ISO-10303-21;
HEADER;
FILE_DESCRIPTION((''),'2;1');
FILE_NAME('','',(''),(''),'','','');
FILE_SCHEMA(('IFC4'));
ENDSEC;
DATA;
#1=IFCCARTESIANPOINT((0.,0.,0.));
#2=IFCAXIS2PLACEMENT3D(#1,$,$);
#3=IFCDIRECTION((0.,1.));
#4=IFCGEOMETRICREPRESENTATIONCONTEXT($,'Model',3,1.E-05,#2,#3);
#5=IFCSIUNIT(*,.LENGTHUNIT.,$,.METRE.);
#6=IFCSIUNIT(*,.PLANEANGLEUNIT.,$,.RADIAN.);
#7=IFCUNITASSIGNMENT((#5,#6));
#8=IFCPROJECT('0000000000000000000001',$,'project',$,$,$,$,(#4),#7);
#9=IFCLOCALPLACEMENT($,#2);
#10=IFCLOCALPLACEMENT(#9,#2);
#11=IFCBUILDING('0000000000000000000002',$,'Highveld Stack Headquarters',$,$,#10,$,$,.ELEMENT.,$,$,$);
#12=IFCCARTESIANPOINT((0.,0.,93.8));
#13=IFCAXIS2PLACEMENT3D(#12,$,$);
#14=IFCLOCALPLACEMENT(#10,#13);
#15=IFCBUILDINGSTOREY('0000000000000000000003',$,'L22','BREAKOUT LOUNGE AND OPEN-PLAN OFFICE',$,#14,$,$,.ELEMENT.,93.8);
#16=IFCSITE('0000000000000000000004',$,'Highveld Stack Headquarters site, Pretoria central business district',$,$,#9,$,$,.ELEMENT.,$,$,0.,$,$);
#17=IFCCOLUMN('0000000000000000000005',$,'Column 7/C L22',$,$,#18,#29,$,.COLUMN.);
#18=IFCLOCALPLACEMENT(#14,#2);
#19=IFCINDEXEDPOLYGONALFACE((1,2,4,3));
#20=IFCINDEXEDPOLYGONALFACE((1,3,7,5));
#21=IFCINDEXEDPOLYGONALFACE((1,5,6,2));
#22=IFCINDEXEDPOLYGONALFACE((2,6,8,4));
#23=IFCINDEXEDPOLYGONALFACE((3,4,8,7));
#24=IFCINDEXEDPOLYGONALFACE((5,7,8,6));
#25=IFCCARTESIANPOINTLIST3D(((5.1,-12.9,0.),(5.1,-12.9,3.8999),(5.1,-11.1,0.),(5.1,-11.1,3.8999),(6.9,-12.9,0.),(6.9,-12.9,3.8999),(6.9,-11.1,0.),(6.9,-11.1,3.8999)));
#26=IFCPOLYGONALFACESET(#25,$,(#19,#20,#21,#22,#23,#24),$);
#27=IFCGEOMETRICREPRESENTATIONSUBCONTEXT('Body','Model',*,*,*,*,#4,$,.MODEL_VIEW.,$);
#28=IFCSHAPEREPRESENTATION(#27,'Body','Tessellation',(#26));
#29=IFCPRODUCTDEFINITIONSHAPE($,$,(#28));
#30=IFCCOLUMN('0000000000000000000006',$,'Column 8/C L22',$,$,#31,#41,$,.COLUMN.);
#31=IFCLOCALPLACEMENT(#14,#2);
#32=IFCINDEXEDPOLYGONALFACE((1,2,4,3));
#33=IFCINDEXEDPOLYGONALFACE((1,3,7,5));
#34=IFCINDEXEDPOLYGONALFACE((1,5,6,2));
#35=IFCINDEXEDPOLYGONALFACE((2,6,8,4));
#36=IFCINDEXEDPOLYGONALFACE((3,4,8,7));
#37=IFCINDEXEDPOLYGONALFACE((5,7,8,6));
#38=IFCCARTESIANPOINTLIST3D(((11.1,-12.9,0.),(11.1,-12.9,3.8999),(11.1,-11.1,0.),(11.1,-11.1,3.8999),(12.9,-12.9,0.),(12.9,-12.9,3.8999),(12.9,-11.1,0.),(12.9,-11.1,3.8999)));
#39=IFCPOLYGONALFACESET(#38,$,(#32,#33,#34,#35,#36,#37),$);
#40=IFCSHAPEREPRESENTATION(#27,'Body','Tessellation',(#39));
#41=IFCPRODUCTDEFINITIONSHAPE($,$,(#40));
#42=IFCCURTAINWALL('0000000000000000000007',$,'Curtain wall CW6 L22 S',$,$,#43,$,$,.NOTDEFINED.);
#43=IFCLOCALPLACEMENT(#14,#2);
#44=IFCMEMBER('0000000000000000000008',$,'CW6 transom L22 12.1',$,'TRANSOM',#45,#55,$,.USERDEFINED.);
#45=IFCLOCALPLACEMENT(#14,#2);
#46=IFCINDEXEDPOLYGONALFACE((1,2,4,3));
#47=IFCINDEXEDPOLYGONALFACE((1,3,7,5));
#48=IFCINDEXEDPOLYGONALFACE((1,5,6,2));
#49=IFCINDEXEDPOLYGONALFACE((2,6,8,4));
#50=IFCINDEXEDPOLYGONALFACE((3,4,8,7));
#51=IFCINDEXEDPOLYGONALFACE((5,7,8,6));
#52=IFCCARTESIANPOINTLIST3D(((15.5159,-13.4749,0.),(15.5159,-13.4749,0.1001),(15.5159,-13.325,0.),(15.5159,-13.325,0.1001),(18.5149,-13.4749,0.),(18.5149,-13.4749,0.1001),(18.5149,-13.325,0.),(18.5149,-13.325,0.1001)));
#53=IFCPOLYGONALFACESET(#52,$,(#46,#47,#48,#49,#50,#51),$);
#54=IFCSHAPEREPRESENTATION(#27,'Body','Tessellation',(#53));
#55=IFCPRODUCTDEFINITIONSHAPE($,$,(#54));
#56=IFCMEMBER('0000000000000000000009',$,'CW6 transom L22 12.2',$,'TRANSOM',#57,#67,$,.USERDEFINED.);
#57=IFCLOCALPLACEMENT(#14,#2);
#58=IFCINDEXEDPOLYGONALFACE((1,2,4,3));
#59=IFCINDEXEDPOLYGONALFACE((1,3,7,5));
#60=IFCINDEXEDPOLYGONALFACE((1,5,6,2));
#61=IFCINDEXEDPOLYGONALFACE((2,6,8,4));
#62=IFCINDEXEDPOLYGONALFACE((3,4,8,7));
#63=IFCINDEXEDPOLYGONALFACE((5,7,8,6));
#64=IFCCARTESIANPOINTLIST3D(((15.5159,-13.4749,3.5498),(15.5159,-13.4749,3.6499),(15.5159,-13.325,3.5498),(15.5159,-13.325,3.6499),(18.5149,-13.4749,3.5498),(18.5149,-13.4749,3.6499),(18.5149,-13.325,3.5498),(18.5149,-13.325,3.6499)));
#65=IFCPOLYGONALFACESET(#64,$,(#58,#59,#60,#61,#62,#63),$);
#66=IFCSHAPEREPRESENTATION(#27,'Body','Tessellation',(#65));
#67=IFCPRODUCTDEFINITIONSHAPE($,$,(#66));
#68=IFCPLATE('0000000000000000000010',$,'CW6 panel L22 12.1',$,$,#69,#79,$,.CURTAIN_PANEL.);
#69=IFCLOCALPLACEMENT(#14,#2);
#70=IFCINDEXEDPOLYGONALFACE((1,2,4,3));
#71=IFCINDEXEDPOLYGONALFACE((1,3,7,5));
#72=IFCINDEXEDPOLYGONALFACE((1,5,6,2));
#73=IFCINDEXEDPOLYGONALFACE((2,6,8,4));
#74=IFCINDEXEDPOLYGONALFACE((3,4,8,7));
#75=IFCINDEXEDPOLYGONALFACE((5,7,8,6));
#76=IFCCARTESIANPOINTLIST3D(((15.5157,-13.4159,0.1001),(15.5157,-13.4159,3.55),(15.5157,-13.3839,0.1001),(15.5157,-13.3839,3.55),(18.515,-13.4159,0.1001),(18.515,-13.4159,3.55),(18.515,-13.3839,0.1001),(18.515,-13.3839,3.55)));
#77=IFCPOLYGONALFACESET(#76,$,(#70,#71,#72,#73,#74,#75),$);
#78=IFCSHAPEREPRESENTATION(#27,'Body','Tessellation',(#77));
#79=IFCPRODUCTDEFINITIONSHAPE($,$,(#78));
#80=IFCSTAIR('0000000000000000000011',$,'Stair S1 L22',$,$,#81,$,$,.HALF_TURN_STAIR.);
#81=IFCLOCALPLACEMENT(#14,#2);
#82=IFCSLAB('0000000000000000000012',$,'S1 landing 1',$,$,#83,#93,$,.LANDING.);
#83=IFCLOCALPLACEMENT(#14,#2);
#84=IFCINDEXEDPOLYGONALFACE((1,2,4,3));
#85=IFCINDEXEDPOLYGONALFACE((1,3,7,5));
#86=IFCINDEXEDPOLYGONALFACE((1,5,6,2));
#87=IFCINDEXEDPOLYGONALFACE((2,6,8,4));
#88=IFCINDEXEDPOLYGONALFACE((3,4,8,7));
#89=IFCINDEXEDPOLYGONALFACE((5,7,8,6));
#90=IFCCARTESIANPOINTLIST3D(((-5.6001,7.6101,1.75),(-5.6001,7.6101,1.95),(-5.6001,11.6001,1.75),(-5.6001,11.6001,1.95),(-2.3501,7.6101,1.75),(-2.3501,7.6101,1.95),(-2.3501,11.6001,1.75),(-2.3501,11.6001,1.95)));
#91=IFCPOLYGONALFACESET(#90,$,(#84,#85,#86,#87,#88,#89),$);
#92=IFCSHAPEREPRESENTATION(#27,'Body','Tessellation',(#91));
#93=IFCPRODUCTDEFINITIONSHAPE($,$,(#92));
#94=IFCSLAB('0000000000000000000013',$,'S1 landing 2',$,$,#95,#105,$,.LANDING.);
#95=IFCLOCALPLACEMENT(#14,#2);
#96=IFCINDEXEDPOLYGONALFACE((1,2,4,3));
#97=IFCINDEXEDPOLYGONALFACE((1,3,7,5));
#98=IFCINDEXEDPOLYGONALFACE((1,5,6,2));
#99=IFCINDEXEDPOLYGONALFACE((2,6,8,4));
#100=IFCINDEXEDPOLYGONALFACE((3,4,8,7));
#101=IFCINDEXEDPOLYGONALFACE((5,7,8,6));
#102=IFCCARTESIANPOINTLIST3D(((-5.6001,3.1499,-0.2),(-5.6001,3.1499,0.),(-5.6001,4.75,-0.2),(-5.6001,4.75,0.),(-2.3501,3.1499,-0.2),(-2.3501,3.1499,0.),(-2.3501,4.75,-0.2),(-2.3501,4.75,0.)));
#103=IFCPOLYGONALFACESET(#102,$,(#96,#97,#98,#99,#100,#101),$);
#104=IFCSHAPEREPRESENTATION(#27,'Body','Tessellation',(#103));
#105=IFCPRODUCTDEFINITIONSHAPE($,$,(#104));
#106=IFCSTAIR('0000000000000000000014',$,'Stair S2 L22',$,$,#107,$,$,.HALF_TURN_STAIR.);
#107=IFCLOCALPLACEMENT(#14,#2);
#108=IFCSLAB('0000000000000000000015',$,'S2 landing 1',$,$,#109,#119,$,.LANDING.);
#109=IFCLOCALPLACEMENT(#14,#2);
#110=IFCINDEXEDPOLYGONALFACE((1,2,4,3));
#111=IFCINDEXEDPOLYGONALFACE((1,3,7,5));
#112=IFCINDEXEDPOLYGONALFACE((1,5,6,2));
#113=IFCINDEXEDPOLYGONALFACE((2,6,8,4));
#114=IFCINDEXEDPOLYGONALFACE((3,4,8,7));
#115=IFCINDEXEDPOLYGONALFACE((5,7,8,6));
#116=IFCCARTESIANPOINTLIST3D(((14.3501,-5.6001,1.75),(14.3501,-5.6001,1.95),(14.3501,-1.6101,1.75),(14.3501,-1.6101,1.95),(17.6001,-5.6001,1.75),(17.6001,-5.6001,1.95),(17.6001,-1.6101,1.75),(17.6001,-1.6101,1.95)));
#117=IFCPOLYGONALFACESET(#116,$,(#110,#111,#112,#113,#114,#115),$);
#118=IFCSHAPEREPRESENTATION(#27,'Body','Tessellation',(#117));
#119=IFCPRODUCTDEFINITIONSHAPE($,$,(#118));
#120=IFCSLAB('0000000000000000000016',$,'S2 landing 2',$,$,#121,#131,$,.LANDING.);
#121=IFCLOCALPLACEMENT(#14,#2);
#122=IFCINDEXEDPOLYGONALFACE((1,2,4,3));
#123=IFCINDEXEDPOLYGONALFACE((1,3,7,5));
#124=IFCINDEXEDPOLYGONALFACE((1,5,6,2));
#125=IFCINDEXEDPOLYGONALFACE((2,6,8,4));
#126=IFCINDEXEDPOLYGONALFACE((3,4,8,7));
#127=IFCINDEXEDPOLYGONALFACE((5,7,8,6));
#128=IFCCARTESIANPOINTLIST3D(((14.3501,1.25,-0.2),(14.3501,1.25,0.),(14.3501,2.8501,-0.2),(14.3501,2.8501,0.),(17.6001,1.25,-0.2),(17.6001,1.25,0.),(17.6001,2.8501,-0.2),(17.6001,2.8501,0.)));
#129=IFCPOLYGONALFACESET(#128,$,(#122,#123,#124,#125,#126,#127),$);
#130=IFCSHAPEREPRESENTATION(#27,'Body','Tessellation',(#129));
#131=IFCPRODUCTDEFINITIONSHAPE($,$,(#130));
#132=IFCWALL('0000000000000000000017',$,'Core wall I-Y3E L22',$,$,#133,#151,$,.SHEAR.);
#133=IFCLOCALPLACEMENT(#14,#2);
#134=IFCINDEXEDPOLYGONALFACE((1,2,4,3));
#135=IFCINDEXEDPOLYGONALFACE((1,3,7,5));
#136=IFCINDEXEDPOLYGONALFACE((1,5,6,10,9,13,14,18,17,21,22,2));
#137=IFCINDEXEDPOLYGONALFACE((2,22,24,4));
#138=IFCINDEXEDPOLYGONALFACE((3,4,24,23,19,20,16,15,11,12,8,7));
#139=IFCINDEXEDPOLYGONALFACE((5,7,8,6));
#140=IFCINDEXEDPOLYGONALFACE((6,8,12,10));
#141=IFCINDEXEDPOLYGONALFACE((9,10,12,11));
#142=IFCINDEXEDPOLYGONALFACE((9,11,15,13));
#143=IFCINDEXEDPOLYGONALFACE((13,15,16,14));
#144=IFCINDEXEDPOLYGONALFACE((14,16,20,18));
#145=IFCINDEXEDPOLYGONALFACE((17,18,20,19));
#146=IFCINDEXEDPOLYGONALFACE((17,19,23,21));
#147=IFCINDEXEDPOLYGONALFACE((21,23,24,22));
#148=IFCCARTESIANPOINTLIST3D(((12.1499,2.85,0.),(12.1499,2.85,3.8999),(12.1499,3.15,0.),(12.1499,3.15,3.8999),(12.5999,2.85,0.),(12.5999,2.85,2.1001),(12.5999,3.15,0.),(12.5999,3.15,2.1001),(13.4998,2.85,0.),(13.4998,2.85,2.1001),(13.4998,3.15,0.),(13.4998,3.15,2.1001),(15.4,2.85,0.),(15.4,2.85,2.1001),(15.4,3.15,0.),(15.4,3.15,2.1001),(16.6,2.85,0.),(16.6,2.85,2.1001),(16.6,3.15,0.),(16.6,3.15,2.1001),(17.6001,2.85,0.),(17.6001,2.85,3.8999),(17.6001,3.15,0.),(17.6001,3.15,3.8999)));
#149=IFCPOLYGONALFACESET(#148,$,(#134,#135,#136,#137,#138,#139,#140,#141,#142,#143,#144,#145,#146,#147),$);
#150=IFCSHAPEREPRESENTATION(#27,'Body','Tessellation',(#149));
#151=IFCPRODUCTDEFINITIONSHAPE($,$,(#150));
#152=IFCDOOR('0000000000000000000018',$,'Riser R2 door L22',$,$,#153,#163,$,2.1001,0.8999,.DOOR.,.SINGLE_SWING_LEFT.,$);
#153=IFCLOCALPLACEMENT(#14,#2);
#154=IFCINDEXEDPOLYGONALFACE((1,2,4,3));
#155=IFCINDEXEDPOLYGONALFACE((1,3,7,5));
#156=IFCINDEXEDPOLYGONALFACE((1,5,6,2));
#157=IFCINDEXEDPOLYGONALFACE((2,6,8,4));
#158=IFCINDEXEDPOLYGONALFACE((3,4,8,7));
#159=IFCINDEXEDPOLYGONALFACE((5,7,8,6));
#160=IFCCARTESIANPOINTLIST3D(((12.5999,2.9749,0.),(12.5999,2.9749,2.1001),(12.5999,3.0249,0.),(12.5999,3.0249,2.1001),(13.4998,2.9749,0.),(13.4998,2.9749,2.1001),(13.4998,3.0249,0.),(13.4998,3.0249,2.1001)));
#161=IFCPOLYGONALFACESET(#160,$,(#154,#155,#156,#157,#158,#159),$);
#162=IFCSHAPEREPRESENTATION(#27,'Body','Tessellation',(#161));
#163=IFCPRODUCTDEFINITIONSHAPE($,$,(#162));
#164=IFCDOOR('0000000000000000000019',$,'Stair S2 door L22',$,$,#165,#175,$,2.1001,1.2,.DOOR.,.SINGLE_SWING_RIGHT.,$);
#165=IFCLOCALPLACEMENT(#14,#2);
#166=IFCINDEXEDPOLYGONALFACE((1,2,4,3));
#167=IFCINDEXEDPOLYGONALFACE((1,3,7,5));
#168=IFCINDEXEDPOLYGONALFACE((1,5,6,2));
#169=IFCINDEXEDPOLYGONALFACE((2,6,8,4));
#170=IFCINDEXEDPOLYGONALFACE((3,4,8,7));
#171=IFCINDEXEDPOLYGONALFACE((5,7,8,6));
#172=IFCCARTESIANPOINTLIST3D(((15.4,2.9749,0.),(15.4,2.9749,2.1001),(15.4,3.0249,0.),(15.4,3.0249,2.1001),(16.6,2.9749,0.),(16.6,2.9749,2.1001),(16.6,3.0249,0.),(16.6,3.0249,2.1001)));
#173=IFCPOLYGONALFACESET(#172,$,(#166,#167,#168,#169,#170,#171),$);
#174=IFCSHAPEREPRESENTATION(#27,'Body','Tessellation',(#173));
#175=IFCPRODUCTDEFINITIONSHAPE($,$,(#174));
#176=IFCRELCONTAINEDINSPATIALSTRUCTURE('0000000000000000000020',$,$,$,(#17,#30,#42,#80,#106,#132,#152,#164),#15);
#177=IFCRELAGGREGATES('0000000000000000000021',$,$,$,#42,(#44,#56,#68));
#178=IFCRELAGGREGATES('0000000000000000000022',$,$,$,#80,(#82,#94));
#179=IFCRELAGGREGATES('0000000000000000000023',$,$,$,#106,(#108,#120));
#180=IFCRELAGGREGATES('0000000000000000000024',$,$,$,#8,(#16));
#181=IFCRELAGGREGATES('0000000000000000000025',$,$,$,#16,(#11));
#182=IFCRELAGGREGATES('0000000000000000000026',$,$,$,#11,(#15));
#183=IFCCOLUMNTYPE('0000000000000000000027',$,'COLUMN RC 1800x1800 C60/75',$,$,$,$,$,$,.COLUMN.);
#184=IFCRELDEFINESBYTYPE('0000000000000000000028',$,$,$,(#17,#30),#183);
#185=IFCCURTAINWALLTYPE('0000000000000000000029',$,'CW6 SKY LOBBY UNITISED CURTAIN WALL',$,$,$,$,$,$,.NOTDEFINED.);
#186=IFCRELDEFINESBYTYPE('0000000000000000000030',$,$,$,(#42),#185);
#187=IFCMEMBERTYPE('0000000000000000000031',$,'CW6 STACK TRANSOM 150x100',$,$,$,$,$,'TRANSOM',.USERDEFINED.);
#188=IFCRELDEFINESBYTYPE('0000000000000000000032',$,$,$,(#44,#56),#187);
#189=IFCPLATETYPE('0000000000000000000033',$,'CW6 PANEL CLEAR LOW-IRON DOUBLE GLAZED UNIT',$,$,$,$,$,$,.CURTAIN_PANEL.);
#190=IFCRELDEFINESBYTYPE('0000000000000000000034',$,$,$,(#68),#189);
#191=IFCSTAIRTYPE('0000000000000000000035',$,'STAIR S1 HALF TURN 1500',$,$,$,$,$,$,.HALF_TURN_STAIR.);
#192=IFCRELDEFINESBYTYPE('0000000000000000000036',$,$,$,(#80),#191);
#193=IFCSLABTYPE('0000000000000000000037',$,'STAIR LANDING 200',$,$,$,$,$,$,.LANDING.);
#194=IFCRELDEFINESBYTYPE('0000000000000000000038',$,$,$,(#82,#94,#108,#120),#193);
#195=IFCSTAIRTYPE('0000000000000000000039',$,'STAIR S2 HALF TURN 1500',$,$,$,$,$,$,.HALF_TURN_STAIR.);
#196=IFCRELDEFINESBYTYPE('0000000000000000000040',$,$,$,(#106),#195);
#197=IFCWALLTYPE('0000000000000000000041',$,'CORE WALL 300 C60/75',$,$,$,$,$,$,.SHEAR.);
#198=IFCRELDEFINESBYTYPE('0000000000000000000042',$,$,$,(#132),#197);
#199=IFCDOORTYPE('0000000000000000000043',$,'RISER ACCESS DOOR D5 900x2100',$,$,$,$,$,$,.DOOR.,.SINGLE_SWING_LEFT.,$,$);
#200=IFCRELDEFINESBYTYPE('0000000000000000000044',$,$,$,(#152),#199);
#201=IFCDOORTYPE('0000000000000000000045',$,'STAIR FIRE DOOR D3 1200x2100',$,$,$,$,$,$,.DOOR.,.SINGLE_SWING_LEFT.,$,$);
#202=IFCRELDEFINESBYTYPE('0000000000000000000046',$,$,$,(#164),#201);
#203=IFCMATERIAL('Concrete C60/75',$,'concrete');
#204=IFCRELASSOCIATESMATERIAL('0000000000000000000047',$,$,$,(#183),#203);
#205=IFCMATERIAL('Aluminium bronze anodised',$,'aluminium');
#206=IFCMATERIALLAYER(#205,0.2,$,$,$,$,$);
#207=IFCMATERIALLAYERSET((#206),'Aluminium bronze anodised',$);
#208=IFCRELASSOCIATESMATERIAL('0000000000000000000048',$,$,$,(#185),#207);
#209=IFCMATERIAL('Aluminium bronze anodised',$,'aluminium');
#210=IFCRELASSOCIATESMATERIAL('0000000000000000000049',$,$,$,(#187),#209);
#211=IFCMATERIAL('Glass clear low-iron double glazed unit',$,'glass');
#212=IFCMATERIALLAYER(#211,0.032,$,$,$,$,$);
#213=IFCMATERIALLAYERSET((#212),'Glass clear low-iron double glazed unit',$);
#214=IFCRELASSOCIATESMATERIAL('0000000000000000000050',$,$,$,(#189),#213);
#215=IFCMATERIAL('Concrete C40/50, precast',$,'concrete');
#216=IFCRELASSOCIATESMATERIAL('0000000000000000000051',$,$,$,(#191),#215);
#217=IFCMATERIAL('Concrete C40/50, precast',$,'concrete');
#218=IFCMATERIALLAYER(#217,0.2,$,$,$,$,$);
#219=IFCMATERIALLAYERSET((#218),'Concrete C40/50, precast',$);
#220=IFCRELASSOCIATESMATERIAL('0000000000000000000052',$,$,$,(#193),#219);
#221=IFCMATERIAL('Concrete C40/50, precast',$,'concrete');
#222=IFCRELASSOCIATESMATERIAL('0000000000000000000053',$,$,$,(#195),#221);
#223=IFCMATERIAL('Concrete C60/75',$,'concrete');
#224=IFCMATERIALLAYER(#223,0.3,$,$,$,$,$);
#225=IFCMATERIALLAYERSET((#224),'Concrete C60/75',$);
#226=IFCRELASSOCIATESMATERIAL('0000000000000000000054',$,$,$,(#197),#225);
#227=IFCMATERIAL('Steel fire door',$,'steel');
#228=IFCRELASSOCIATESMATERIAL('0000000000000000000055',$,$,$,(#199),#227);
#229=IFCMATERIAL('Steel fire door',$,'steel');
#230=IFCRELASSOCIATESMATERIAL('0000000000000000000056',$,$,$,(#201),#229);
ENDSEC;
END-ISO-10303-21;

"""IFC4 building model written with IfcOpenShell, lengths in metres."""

from ifc_helpers import new_model, si_unit, direction, frame, frame_2d, origin, origin_2d, place, context, subcontext, project, spatial, polyline, rectangle, outline, extrude, material, layer, layer_set, material_profile, profile_set, type_object, element, fill, aggregate, save


model = new_model("IFC4")

# Units and contexts
model_context = context("Model", 3, precision=1e-05, world=origin(), true_north=direction((0.0, 1.0)))
body_context = subcontext(model_context, "Body", "Model", "MODEL_VIEW")
ifc_project = project(units=[si_unit("LENGTHUNIT", "METRE"), si_unit("PLANEANGLEUNIT", "RADIAN")], contexts=[model_context])

# Site, building, storey
site_placement = place(None, origin())
site = spatial("IfcSite", under=ifc_project, at=site_placement, Name="Highveld Stack Headquarters site, Pretoria central business district", CompositionType="ELEMENT", RefElevation=0.0)
building_placement = place(site_placement, origin())
building = spatial("IfcBuilding", under=site, at=building_placement, Name="Highveld Stack Headquarters", CompositionType="ELEMENT")
storey_placement = place(building_placement, frame((0.0, 0.0, 93.8)))
storey = spatial("IfcBuildingStorey", under=building, at=storey_placement, Name="L22", Description="BREAKOUT LOUNGE AND OPEN-PLAN OFFICE", CompositionType="ELEMENT", Elevation=93.8)

# Columns
ifc_material_1 = material(Name="Concrete C60/75", Category="concrete")
ifc_material_profile_1 = material_profile(ifc_material_1, rectangle(XDim=1.8, YDim=1.8, at=origin_2d()), Name="RC 1800x1800")
ifc_profile_set_1 = profile_set([ifc_material_profile_1], Name="Concrete C60/75")
column_type = type_object("IfcColumnType", Name="COLUMN RC 1800x1800 C60/75", PredefinedType="COLUMN", material=ifc_profile_set_1)
for number, where, z_axis, x_axis, name in (
    (1, (6.0, -12.0, 0.0), (0.0, 0.0, 1.0), (1.0, 0.0, 0.0), "Column 7/C L22"),
    (2, (12.0, -12.0, 0.0), (0.0, 0.0, 1.0), (1.0, 0.0, 0.0), "Column 8/C L22"),
):
    element("IfcColumn", number, at=place(storey_placement, frame(where, z_axis=z_axis, x_axis=x_axis)), inside=storey, type_object=column_type, Name=name, PredefinedType="COLUMN", context=body_context, shape_type="SweptSolid", body=[
        extrude(rectangle(XDim=1.8, YDim=1.8, at=origin_2d()), origin(), (0.0, 0.0, 1.0), 3.8999),
    ])

# Curtain wall, members, plate
ifc_material_2 = material(Name="Aluminium bronze anodised", Category="aluminium")
ifc_layer_1 = layer(ifc_material_2, 0.2)
ifc_layer_set_1 = layer_set([ifc_layer_1], Name="Aluminium bronze anodised")
curtain_wall_type = type_object("IfcCurtainWallType", Name="CW6 SKY LOBBY UNITISED CURTAIN WALL", PredefinedType="NOTDEFINED", material=ifc_layer_set_1)
curtain_wall_placement = place(storey_placement, origin())
curtain_wall = element("IfcCurtainWall", 3, at=curtain_wall_placement, inside=storey, type_object=curtain_wall_type, Name="Curtain wall CW6 L22 S", PredefinedType="NOTDEFINED")
ifc_material_3 = material(Name="Aluminium bronze anodised", Category="aluminium")
ifc_material_profile_2 = material_profile(ifc_material_3, rectangle(XDim=0.1499, YDim=0.1001, at=origin_2d()), Name="CW6 TRANSOM 150x100")
ifc_profile_set_2 = profile_set([ifc_material_profile_2], Name="Aluminium bronze anodised")
member_type = type_object("IfcMemberType", Name="CW6 STACK TRANSOM 150x100", ElementType="TRANSOM", PredefinedType="USERDEFINED", material=ifc_profile_set_2)
member_1_placement = place(storey_placement, frame((15.5159, -13.3999, 0.05), z_axis=(1.0, 0.0, 0.0), x_axis=(0.0, 1.0, 0.0)))
member_1 = element("IfcMember", 4, at=member_1_placement, type_object=member_type, Name="CW6 transom L22 12.1", ObjectType="TRANSOM", PredefinedType="USERDEFINED", context=body_context, shape_type="SweptSolid", body=[
    extrude(rectangle(XDim=0.1499, YDim=0.1001, at=origin_2d()), origin(), (0.0, 0.0, 1.0), 2.999),
])
member_2_placement = place(storey_placement, frame((15.5159, -13.3999, 3.5999), z_axis=(1.0, 0.0, 0.0), x_axis=(0.0, 1.0, 0.0)))
member_2 = element("IfcMember", 5, at=member_2_placement, type_object=member_type, Name="CW6 transom L22 12.2", ObjectType="TRANSOM", PredefinedType="USERDEFINED", context=body_context, shape_type="SweptSolid", body=[
    extrude(rectangle(XDim=0.1499, YDim=0.1001, at=origin_2d()), origin(), (0.0, 0.0, 1.0), 2.999),
])
ifc_material_4 = material(Name="Glass clear low-iron double glazed unit", Category="glass")
ifc_layer_2 = layer(ifc_material_4, 0.032)
ifc_layer_set_2 = layer_set([ifc_layer_2], Name="Glass clear low-iron double glazed unit")
plate_type = type_object("IfcPlateType", Name="CW6 PANEL CLEAR LOW-IRON DOUBLE GLAZED UNIT", PredefinedType="CURTAIN_PANEL", material=ifc_layer_set_2)
plate_placement = place(storey_placement, frame((17.0154, -13.3999, 0.1001), z_axis=(0.0, 0.0, 1.0), x_axis=(1.0, 0.0, 0.0)))
plate = element("IfcPlate", 6, at=plate_placement, type_object=plate_type, Name="CW6 panel L22 12.1", PredefinedType="CURTAIN_PANEL", context=body_context, shape_type="SweptSolid", body=[
    extrude(rectangle(XDim=2.9993, YDim=0.032, at=origin_2d()), origin(), (0.0, 0.0, 1.0), 3.45),
])
aggregate(curtain_wall, [member_1, member_2, plate])

# Stairs, slabs
ifc_material_5 = material(Name="Concrete C40/50, precast", Category="concrete")
stair_type_1 = type_object("IfcStairType", Name="STAIR S1 HALF TURN 1500", PredefinedType="HALF_TURN_STAIR", material=ifc_material_5)
stair_1_placement = place(storey_placement, origin())
stair_1 = element("IfcStair", 7, at=stair_1_placement, inside=storey, type_object=stair_type_1, Name="Stair S1 L22", PredefinedType="HALF_TURN_STAIR")
ifc_material_6 = material(Name="Concrete C40/50, precast", Category="concrete")
ifc_layer_3 = layer(ifc_material_6, 0.2)
ifc_layer_set_3 = layer_set([ifc_layer_3], Name="Concrete C40/50, precast")
slab_type = type_object("IfcSlabType", Name="STAIR LANDING 200", PredefinedType="LANDING", material=ifc_layer_set_3)
slab_1_placement = place(storey_placement, frame((0.0, 0.0, 1.75)))
slab_1 = element("IfcSlab", 8, at=slab_1_placement, type_object=slab_type, Name="S1 landing 1", PredefinedType="LANDING", context=body_context, shape_type="SweptSolid", body=[
    extrude(outline(polyline([(-5.6001, 7.6101), (-2.3501, 7.6101), (-2.3501, 11.6001), (-5.6001, 11.6001), (-5.6001, 7.6101)])), origin(), (0.0, 0.0, 1.0), 0.2),
])
slab_2_placement = place(storey_placement, frame((0.0, 0.0, -0.2)))
slab_2 = element("IfcSlab", 9, at=slab_2_placement, type_object=slab_type, Name="S1 landing 2", PredefinedType="LANDING", context=body_context, shape_type="SweptSolid", body=[
    extrude(outline(polyline([(-5.6001, 3.1499), (-2.3501, 3.1499), (-2.3501, 4.75), (-5.6001, 4.75), (-5.6001, 3.1499)])), origin(), (0.0, 0.0, 1.0), 0.2),
])
aggregate(stair_1, [slab_1, slab_2])
ifc_material_7 = material(Name="Concrete C40/50, precast", Category="concrete")
stair_type_2 = type_object("IfcStairType", Name="STAIR S2 HALF TURN 1500", PredefinedType="HALF_TURN_STAIR", material=ifc_material_7)
stair_2_placement = place(storey_placement, origin())
stair_2 = element("IfcStair", 10, at=stair_2_placement, inside=storey, type_object=stair_type_2, Name="Stair S2 L22", PredefinedType="HALF_TURN_STAIR")
slab_3_placement = place(storey_placement, frame((0.0, 0.0, 1.75)))
slab_3 = element("IfcSlab", 11, at=slab_3_placement, type_object=slab_type, Name="S2 landing 1", PredefinedType="LANDING", context=body_context, shape_type="SweptSolid", body=[
    extrude(outline(polyline([(14.3501, -5.6001), (17.6001, -5.6001), (17.6001, -1.6101), (14.3501, -1.6101), (14.3501, -5.6001)])), origin(), (0.0, 0.0, 1.0), 0.2),
])
slab_4_placement = place(storey_placement, frame((0.0, 0.0, -0.2)))
slab_4 = element("IfcSlab", 12, at=slab_4_placement, type_object=slab_type, Name="S2 landing 2", PredefinedType="LANDING", context=body_context, shape_type="SweptSolid", body=[
    extrude(outline(polyline([(14.3501, 1.25), (17.6001, 1.25), (17.6001, 2.8501), (14.3501, 2.8501), (14.3501, 1.25)])), origin(), (0.0, 0.0, 1.0), 0.2),
])

# Wall, openings, doors
ifc_material_8 = material(Name="Concrete C60/75", Category="concrete")
ifc_layer_4 = layer(ifc_material_8, 0.3)
ifc_layer_set_4 = layer_set([ifc_layer_4], Name="Concrete C60/75")
wall_type_1 = type_object("IfcWallType", Name="CORE WALL 300 C60/75", PredefinedType="SHEAR", material=ifc_layer_set_4)
wall_1_placement = place(storey_placement, frame((12.1499, 3.0, 0.0), z_axis=(0.0, 0.0, 1.0), x_axis=(1.0, 0.0, 0.0)))
wall_1 = element("IfcWall", 13, at=wall_1_placement, inside=storey, type_object=wall_type_1, Name="Core wall I-Y3E L22", PredefinedType="SHEAR", context=body_context, shape_type="SweptSolid", body=[
    extrude(rectangle(XDim=5.4502, YDim=0.3, at=frame_2d((2.7251, 0.0))), origin(), (0.0, 0.0, 1.0), 3.8999),
])
opening_1_placement = place(wall_1_placement, frame((3.25, 0.0, 0.0)))
opening_1 = element("IfcOpeningElement", 14, at=opening_1_placement, cuts=wall_1, PredefinedType="OPENING", context=body_context, shape_type="SweptSolid", body=[
    extrude(rectangle(XDim=1.2, YDim=2.1001, at=frame_2d((0.6001, 1.05))), frame((0.0, 0.1599, 0.0), z_axis=(0.0, -1.0, 0.0), x_axis=(1.0, 0.0, 0.0)), (0.0, 0.0, 1.0), 0.3201),
])
opening_2_placement = place(wall_1_placement, frame((0.45, 0.0, 0.0)))
opening_2 = element("IfcOpeningElement", 15, at=opening_2_placement, cuts=wall_1, PredefinedType="OPENING", context=body_context, shape_type="SweptSolid", body=[
    extrude(rectangle(XDim=0.8999, YDim=2.1001, at=frame_2d((0.45, 1.05))), frame((0.0, 0.1599, 0.0), z_axis=(0.0, -1.0, 0.0), x_axis=(1.0, 0.0, 0.0)), (0.0, 0.0, 1.0), 0.3201),
])
ifc_material_9 = material(Name="Steel fire door", Category="steel")
door_type_1 = type_object("IfcDoorType", Name="RISER ACCESS DOOR D5 900x2100", OperationType="SINGLE_SWING_LEFT", PredefinedType="DOOR", material=ifc_material_9)
door_1_placement = place(opening_2_placement, origin())
door_1 = element("IfcDoor", 16, at=door_1_placement, inside=storey, type_object=door_type_1, Name="Riser R2 door L22", OperationType="SINGLE_SWING_LEFT", OverallHeight=2.1001, OverallWidth=0.8999, PredefinedType="DOOR", context=body_context, shape_type="SweptSolid", body=[
    extrude(rectangle(XDim=0.8999, YDim=2.1001, at=frame_2d((0.45, 1.05))), frame((0.0, 0.0249, 0.0), z_axis=(0.0, -1.0, 0.0), x_axis=(1.0, 0.0, 0.0)), (0.0, 0.0, 1.0), 0.05),
])
fill(opening_2, door_1)
ifc_material_10 = material(Name="Steel fire door", Category="steel")
door_type_2 = type_object("IfcDoorType", Name="STAIR FIRE DOOR D3 1200x2100", OperationType="SINGLE_SWING_LEFT", PredefinedType="DOOR", material=ifc_material_10)
door_2_placement = place(opening_1_placement, origin())
door_2 = element("IfcDoor", 17, at=door_2_placement, inside=storey, type_object=door_type_2, Name="Stair S2 door L22", OperationType="SINGLE_SWING_RIGHT", OverallHeight=2.1001, OverallWidth=1.2, PredefinedType="DOOR", context=body_context, shape_type="SweptSolid", body=[
    extrude(rectangle(XDim=1.2, YDim=2.1001, at=frame_2d((0.6001, 1.05))), frame((0.0, 0.0249, 0.0), z_axis=(0.0, -1.0, 0.0), x_axis=(1.0, 0.0, 0.0)), (0.0, 0.0, 1.0), 0.05),
])
fill(opening_1, door_2)

aggregate(stair_2, [slab_3, slab_4])

save(model, "model.ifc")
